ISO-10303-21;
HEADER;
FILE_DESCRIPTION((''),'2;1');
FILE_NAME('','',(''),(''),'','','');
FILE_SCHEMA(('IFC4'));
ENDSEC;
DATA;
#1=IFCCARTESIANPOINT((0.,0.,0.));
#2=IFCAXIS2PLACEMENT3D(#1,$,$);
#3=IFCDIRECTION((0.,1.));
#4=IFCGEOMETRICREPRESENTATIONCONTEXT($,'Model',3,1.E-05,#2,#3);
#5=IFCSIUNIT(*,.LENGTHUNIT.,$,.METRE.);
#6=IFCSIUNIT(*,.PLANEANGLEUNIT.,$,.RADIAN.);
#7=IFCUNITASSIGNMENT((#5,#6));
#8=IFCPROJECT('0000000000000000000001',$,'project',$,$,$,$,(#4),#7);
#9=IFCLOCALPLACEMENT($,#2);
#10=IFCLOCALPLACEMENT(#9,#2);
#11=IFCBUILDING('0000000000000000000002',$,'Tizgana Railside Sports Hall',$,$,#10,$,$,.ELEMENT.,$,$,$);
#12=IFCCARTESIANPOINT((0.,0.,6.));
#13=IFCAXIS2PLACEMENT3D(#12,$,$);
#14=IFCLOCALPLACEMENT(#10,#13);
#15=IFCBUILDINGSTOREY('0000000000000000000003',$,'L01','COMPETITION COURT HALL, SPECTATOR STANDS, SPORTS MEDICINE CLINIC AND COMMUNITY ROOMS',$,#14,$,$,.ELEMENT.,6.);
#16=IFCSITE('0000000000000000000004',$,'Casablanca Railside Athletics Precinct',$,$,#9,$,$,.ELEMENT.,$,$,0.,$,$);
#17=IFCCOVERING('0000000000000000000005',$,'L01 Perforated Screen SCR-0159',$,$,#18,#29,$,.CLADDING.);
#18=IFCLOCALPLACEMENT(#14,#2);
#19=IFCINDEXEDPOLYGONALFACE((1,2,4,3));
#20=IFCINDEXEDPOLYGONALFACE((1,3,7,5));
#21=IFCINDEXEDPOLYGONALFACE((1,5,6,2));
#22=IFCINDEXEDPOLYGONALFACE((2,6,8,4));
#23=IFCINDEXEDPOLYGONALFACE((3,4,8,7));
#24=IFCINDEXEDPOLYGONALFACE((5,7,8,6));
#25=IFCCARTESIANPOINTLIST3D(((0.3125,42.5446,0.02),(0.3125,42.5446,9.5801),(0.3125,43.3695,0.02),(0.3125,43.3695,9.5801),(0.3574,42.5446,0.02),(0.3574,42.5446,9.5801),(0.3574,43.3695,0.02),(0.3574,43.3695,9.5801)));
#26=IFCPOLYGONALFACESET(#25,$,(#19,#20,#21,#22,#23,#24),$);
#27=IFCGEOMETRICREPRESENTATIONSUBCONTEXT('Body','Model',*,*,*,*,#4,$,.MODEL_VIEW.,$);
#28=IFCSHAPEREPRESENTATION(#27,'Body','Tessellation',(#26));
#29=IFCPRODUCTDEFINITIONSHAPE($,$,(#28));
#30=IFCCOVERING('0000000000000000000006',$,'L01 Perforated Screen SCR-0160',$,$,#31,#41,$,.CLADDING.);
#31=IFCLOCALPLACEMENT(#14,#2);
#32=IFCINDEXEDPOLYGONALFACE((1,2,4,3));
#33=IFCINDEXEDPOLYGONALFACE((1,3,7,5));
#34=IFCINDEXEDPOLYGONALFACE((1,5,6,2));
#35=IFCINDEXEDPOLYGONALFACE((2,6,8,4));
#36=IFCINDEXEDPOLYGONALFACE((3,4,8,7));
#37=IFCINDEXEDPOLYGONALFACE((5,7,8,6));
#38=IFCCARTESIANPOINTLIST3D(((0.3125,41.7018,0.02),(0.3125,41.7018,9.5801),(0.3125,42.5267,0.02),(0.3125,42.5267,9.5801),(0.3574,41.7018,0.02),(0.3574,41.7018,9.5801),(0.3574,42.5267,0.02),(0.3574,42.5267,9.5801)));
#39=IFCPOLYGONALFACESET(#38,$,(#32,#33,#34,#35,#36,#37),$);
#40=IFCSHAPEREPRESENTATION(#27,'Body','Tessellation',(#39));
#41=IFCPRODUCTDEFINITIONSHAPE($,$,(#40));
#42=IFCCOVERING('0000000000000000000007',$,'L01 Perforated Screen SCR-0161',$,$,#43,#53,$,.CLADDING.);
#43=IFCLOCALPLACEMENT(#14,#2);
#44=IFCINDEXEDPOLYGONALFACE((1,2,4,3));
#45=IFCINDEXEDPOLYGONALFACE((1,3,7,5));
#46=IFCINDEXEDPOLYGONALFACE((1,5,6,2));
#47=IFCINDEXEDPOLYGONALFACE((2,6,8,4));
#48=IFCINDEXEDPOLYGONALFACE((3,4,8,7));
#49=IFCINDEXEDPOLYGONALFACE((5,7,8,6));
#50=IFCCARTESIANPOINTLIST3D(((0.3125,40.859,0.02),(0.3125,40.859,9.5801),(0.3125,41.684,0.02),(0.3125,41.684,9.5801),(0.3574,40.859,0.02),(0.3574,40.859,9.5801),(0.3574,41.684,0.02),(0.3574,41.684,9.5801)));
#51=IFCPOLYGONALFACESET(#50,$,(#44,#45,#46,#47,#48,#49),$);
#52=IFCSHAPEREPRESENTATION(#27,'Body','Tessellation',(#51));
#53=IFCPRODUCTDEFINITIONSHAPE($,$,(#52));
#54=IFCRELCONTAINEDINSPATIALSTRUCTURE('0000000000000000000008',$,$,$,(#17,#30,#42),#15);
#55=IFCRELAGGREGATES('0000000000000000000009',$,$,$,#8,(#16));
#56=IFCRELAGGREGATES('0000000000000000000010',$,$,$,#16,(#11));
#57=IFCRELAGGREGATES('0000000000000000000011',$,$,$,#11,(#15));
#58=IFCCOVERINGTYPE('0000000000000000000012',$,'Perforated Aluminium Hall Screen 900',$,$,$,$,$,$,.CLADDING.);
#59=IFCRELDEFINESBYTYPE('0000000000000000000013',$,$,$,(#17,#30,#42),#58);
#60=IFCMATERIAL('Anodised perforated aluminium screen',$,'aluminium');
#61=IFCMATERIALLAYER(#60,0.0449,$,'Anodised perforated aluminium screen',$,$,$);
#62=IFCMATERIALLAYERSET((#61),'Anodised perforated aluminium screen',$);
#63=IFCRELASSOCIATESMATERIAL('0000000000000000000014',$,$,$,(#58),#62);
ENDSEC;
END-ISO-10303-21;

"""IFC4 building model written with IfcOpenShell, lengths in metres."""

from ifc_helpers import new_model, si_unit, direction, frame, origin, origin_2d, place, context, subcontext, project, spatial, rectangle, extrude, material, layer, layer_set, type_object, element, save


model = new_model("IFC4")

# Units and contexts
model_context = context("Model", 3, precision=1e-05, world=origin(), true_north=direction((0.0, 1.0)))
body_context = subcontext(model_context, "Body", "Model", "MODEL_VIEW")
ifc_project = project(units=[si_unit("LENGTHUNIT", "METRE"), si_unit("PLANEANGLEUNIT", "RADIAN")], contexts=[model_context])

# Site, building, storey
site_placement = place(None, origin())
site = spatial("IfcSite", under=ifc_project, at=site_placement, Name="Casablanca Railside Athletics Precinct", CompositionType="ELEMENT", RefElevation=0.0)
building_placement = place(site_placement, origin())
building = spatial("IfcBuilding", under=site, at=building_placement, Name="Tizgana Railside Sports Hall", CompositionType="ELEMENT")
storey_placement = place(building_placement, frame((0.0, 0.0, 6.0)))
storey = spatial("IfcBuildingStorey", under=building, at=storey_placement, Name="L01", Description="COMPETITION COURT HALL, SPECTATOR STANDS, SPORTS MEDICINE CLINIC AND COMMUNITY ROOMS", CompositionType="ELEMENT", Elevation=6.0)

# Coverings
ifc_material_1 = material(Name="Anodised perforated aluminium screen", Category="aluminium")
ifc_layer_1 = layer(ifc_material_1, 0.0449, Name="Anodised perforated aluminium screen")
ifc_layer_set_1 = layer_set([ifc_layer_1], Name="Anodised perforated aluminium screen")
covering_type = type_object("IfcCoveringType", Name="Perforated Aluminium Hall Screen 900", PredefinedType="CLADDING", material=ifc_layer_set_1)
for number, where, z_axis, x_axis, name in (
    (1, (0.335, 42.957, 0.02), (0.0, 0.0, 1.0), (0.0, -1.0, 0.0), "L01 Perforated Screen SCR-0159"),
    (2, (0.335, 42.1143, 0.02), (0.0, 0.0, 1.0), (0.0, -1.0, 0.0), "L01 Perforated Screen SCR-0160"),
    (3, (0.335, 41.2715, 0.02), (0.0, 0.0, 1.0), (0.0, -1.0, 0.0), "L01 Perforated Screen SCR-0161"),
):
    element("IfcCovering", number, at=place(storey_placement, frame(where, z_axis=z_axis, x_axis=x_axis)), inside=storey, type_object=covering_type, Name=name, PredefinedType="CLADDING", context=body_context, shape_type="SweptSolid", body=[
        extrude(rectangle(XDim=0.825, YDim=0.0449, at=origin_2d()), origin(), (0.0, 0.0, 1.0), 9.5601),
    ])

save(model, "model.ifc")
